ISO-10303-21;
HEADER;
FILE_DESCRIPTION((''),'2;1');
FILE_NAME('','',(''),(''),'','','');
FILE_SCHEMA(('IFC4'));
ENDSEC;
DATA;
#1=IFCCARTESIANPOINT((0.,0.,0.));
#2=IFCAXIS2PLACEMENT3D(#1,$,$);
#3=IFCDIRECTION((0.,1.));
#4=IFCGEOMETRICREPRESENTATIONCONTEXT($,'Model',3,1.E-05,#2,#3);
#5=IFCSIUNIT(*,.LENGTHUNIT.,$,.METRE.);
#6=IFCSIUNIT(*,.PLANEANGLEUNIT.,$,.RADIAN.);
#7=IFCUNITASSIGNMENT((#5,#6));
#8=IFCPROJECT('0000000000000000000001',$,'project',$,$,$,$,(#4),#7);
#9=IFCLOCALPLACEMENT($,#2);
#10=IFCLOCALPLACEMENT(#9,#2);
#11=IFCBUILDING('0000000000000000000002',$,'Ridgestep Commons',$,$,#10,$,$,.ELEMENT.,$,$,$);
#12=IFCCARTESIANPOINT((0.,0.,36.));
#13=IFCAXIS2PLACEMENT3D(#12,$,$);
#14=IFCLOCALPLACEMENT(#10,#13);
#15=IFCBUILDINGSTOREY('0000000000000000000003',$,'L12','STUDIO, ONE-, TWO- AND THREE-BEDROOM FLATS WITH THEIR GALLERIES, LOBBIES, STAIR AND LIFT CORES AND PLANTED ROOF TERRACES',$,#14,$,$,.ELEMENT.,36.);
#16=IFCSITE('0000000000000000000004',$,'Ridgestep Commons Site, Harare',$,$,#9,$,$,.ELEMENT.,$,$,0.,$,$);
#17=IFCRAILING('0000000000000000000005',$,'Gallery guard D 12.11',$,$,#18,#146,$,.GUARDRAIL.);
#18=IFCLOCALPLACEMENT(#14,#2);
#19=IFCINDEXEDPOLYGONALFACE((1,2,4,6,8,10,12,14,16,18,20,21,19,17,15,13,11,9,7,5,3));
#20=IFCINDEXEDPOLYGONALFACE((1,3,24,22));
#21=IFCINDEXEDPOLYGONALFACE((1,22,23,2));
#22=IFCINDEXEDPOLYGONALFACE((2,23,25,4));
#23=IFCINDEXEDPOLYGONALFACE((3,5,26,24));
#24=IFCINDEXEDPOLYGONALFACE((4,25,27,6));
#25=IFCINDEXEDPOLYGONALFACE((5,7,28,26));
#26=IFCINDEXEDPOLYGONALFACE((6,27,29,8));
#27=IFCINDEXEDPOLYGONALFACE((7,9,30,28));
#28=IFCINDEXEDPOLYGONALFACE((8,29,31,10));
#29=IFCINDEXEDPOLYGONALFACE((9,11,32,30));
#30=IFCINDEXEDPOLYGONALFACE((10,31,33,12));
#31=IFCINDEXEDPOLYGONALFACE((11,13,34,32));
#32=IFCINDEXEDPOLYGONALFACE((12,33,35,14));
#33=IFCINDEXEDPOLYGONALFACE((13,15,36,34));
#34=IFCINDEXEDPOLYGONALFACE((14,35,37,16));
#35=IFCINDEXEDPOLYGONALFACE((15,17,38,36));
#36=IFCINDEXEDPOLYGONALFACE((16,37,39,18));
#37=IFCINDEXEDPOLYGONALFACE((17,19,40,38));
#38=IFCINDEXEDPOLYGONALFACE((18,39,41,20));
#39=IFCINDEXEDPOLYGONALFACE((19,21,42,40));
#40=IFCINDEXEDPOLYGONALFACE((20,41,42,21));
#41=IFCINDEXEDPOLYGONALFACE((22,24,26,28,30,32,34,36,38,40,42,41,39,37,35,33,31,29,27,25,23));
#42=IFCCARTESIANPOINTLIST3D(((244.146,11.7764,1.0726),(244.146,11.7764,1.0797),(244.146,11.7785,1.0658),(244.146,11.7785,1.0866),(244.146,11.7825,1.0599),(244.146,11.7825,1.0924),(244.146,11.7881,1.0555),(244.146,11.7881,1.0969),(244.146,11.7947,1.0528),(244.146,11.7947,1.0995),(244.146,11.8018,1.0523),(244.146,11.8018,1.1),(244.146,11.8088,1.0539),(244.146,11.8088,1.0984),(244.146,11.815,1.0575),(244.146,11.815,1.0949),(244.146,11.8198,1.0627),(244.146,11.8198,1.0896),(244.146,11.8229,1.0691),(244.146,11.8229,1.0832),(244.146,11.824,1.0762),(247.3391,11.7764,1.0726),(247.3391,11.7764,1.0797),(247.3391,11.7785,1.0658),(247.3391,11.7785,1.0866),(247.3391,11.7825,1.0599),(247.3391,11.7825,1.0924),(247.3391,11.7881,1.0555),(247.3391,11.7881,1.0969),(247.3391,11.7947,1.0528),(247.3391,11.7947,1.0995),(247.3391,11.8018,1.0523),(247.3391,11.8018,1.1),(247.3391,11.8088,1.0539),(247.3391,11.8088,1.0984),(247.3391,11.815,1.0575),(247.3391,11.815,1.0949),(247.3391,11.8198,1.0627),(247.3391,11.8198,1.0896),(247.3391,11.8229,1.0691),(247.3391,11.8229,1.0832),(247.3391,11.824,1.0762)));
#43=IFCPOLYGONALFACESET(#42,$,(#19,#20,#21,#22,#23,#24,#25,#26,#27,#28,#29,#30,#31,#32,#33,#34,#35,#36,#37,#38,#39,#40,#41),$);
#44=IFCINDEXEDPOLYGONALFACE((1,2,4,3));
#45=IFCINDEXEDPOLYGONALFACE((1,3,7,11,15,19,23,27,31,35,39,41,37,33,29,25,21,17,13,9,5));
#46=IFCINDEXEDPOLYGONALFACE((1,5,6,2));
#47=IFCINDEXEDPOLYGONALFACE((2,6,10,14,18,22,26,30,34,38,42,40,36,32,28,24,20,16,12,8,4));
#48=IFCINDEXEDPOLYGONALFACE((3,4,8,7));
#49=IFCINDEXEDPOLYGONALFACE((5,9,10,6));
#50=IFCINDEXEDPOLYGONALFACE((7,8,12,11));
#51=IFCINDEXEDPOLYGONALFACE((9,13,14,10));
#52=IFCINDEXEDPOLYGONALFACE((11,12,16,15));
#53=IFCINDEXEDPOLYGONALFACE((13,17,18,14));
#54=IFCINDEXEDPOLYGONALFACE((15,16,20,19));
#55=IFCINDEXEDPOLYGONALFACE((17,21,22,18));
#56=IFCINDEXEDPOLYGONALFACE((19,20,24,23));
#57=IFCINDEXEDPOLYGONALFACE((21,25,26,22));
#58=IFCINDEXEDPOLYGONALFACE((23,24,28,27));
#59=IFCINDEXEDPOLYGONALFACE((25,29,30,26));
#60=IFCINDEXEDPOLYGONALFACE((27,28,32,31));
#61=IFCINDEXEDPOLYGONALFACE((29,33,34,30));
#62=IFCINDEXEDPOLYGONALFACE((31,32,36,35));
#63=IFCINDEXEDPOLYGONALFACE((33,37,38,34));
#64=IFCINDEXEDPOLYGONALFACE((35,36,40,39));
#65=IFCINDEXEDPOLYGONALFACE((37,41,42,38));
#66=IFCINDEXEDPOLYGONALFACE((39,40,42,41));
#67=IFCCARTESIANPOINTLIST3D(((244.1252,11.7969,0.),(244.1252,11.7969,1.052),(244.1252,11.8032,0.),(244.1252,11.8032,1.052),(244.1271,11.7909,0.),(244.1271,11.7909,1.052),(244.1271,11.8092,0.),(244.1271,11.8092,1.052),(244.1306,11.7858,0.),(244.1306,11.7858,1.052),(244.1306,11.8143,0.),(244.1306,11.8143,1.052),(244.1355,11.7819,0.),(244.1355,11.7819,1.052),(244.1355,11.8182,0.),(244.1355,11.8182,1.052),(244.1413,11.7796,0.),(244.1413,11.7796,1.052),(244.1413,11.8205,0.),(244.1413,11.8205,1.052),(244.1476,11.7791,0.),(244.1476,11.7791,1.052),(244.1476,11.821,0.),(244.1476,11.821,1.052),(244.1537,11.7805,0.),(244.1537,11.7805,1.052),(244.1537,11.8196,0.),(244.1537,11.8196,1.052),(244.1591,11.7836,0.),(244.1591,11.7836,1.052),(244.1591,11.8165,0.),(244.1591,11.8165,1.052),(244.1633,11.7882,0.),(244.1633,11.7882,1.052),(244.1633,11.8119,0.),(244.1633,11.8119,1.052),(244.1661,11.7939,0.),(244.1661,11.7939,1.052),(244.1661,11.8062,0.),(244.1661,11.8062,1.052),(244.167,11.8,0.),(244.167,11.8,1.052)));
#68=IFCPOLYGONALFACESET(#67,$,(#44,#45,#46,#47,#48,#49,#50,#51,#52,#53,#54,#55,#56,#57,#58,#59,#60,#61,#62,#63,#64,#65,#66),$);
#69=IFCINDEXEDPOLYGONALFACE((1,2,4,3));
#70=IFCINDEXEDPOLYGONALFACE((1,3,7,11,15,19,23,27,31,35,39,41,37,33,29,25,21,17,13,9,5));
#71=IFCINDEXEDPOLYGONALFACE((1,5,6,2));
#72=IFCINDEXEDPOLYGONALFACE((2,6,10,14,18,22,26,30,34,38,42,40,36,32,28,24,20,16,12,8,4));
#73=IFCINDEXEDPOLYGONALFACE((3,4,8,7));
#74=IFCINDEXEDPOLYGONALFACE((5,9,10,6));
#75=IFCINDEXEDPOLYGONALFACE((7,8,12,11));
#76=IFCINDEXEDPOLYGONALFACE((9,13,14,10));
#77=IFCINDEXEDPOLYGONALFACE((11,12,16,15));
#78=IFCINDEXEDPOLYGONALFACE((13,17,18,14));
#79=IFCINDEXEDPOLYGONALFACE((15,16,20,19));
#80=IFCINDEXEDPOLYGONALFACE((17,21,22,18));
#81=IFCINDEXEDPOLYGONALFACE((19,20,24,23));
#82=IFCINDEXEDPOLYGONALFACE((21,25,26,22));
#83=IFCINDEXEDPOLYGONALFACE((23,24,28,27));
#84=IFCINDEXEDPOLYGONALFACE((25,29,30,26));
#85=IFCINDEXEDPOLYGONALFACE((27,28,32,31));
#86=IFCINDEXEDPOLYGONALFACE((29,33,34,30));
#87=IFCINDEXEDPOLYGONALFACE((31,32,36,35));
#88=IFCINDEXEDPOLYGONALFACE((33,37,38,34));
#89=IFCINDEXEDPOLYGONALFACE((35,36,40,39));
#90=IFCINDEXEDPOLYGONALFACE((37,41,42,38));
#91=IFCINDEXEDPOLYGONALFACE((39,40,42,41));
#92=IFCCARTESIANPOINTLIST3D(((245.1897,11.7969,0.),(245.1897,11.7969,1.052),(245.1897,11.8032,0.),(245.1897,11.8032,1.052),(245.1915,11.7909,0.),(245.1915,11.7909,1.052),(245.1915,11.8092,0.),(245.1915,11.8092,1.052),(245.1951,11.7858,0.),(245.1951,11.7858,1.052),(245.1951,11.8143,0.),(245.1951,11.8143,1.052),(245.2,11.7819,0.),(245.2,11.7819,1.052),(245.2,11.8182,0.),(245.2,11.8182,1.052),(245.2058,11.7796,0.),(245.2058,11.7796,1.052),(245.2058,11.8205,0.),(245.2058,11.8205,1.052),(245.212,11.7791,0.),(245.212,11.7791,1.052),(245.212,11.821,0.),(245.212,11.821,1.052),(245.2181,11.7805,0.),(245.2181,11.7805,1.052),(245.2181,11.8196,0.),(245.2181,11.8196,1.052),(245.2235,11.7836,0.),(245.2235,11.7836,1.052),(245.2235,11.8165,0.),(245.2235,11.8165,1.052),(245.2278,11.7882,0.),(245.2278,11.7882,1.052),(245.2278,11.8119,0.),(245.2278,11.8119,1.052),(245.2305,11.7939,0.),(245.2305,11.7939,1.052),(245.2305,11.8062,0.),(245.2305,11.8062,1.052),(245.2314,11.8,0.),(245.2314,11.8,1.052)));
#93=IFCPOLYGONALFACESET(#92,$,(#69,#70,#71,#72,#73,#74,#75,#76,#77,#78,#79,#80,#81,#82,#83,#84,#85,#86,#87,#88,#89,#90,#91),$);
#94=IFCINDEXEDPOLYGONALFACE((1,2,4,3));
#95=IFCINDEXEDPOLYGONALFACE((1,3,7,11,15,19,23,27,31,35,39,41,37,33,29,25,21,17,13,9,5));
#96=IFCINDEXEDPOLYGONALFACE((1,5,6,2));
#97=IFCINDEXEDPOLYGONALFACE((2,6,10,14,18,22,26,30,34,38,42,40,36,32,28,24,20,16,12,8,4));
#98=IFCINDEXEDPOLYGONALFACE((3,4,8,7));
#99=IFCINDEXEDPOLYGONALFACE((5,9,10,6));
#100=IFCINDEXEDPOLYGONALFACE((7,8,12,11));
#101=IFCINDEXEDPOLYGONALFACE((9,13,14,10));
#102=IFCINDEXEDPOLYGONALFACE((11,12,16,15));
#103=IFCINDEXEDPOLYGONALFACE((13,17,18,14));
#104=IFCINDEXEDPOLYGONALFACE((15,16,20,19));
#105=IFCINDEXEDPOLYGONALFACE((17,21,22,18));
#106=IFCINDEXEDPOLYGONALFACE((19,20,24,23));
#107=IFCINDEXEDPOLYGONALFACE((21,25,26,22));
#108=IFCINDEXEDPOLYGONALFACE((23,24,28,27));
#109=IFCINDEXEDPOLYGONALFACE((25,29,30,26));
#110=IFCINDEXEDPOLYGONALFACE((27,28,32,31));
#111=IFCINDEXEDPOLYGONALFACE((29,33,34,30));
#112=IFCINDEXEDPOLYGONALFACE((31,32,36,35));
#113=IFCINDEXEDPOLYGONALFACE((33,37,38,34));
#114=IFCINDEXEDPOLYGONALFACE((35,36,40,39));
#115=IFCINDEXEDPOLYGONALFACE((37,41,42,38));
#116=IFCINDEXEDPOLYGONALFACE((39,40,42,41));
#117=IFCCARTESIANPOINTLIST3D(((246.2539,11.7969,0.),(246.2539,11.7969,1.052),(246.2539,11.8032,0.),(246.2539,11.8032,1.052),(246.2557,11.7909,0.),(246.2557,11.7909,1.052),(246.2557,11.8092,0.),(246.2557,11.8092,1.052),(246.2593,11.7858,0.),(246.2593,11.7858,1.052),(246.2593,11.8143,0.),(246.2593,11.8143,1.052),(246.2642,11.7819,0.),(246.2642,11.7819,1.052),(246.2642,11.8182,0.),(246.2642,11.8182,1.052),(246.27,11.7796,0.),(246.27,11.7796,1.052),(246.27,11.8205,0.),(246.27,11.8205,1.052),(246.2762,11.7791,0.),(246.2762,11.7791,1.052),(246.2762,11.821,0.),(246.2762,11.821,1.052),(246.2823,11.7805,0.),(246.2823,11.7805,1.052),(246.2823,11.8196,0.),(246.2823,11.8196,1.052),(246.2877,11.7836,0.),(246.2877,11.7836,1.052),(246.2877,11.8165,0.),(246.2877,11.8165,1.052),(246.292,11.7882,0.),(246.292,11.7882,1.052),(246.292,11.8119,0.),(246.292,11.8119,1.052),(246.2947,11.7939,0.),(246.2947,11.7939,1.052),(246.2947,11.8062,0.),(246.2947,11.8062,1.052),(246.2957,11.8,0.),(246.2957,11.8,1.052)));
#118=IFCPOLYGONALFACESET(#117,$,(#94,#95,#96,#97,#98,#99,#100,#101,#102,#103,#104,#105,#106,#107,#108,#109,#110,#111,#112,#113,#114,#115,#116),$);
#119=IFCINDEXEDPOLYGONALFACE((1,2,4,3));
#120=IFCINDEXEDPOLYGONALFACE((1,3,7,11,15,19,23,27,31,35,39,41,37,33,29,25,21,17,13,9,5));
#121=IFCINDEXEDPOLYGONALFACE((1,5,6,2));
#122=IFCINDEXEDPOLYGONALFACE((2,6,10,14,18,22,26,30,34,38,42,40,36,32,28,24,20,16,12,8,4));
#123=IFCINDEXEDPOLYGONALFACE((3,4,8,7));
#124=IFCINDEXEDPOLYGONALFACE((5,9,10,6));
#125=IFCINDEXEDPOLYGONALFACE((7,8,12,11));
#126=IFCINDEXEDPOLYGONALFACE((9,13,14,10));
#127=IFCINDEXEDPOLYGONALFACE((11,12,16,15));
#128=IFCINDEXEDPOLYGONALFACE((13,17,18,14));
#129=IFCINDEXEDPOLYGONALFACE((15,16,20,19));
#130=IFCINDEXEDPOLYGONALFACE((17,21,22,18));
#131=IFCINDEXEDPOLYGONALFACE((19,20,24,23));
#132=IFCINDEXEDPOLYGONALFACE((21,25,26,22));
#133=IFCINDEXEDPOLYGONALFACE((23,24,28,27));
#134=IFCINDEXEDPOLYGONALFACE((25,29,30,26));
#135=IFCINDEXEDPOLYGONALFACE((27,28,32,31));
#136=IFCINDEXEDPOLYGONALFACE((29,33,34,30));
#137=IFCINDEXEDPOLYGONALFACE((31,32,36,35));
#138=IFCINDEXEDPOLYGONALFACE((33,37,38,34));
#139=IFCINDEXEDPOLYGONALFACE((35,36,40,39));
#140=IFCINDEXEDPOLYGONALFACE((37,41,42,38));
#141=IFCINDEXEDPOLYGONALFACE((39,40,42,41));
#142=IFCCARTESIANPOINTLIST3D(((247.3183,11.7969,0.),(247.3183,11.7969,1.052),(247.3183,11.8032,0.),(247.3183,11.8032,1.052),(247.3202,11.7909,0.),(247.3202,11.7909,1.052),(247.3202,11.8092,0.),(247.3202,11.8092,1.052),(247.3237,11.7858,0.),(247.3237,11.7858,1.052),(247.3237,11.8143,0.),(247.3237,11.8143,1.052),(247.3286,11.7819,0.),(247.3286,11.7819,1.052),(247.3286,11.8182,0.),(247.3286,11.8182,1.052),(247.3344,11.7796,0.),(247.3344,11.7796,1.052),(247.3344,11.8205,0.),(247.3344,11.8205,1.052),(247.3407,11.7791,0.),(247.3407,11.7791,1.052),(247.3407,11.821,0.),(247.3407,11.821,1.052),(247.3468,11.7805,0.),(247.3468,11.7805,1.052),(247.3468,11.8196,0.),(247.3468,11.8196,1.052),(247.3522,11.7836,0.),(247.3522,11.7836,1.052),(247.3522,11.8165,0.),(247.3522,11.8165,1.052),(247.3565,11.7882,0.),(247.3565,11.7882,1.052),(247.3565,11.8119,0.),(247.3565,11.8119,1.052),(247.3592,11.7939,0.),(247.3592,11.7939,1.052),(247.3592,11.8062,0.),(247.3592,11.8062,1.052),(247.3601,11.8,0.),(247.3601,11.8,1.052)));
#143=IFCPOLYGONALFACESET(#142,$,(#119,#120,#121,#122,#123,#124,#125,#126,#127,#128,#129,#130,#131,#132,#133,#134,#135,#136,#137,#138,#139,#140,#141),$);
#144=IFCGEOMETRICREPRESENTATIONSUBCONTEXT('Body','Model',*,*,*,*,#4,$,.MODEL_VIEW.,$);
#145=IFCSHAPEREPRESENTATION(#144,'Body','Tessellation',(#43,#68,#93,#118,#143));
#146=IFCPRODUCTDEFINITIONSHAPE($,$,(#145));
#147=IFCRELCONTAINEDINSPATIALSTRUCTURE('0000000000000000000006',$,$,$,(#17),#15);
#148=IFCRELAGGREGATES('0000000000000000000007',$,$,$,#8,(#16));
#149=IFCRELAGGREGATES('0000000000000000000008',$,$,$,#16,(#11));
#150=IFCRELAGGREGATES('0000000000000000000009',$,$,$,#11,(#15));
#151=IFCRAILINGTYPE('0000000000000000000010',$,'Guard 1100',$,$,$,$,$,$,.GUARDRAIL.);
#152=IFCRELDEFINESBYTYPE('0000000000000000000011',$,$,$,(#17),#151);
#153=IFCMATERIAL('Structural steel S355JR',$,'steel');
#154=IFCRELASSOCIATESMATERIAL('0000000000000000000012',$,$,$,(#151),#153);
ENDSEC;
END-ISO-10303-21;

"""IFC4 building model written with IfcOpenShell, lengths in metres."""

from ifc_helpers import new_model, si_unit, direction, frame, origin, origin_2d, place, context, subcontext, project, spatial, circle, extrude, material, type_object, element, save


model = new_model("IFC4")

# Units and contexts
model_context = context("Model", 3, precision=1e-05, world=origin(), true_north=direction((0.0, 1.0)))
body_context = subcontext(model_context, "Body", "Model", "MODEL_VIEW")
ifc_project = project(units=[si_unit("LENGTHUNIT", "METRE"), si_unit("PLANEANGLEUNIT", "RADIAN")], contexts=[model_context])

# Site, building, storey
site_placement = place(None, origin())
site = spatial("IfcSite", under=ifc_project, at=site_placement, Name="Ridgestep Commons Site, Harare", CompositionType="ELEMENT", RefElevation=0.0)
building_placement = place(site_placement, origin())
building = spatial("IfcBuilding", under=site, at=building_placement, Name="Ridgestep Commons", CompositionType="ELEMENT")
storey_placement = place(building_placement, frame((0.0, 0.0, 36.0)))
storey = spatial("IfcBuildingStorey", under=building, at=storey_placement, Name="L12", Description="STUDIO, ONE-, TWO- AND THREE-BEDROOM FLATS WITH THEIR GALLERIES, LOBBIES, STAIR AND LIFT CORES AND PLANTED ROOF TERRACES", CompositionType="ELEMENT", Elevation=36.0)

# Railing
ifc_material_1 = material(Name="Structural steel S355JR", Category="steel")
railing_type = type_object("IfcRailingType", Name="Guard 1100", PredefinedType="GUARDRAIL", material=ifc_material_1)
railing_1_placement = place(storey_placement, frame((244.146, 11.8, 0.0)))
element("IfcRailing", 1, at=railing_1_placement, inside=storey, type_object=railing_type, Name="Gallery guard D 12.11", PredefinedType="GUARDRAIL", context=body_context, shape_type="SweptSolid", body=[
    extrude(circle(Radius=0.0239, at=origin_2d()), frame((0.0, 0.0, 1.0762), z_axis=(1.0, 0.0, 0.0), x_axis=(0.0, 1.0, 0.0)), (0.0, 0.0, 1.0), 3.1931),
    extrude(circle(Radius=0.021, at=origin_2d()), origin(), (0.0, 0.0, 1.0), 1.052),
    extrude(circle(Radius=0.021, at=origin_2d()), frame((1.0645, 0.0, 0.0)), (0.0, 0.0, 1.0), 1.052),
    extrude(circle(Radius=0.021, at=origin_2d()), frame((2.1287, 0.0, 0.0)), (0.0, 0.0, 1.0), 1.052),
    extrude(circle(Radius=0.021, at=origin_2d()), frame((3.1931, 0.0, 0.0)), (0.0, 0.0, 1.0), 1.052),
])

save(model, "model.ifc")
